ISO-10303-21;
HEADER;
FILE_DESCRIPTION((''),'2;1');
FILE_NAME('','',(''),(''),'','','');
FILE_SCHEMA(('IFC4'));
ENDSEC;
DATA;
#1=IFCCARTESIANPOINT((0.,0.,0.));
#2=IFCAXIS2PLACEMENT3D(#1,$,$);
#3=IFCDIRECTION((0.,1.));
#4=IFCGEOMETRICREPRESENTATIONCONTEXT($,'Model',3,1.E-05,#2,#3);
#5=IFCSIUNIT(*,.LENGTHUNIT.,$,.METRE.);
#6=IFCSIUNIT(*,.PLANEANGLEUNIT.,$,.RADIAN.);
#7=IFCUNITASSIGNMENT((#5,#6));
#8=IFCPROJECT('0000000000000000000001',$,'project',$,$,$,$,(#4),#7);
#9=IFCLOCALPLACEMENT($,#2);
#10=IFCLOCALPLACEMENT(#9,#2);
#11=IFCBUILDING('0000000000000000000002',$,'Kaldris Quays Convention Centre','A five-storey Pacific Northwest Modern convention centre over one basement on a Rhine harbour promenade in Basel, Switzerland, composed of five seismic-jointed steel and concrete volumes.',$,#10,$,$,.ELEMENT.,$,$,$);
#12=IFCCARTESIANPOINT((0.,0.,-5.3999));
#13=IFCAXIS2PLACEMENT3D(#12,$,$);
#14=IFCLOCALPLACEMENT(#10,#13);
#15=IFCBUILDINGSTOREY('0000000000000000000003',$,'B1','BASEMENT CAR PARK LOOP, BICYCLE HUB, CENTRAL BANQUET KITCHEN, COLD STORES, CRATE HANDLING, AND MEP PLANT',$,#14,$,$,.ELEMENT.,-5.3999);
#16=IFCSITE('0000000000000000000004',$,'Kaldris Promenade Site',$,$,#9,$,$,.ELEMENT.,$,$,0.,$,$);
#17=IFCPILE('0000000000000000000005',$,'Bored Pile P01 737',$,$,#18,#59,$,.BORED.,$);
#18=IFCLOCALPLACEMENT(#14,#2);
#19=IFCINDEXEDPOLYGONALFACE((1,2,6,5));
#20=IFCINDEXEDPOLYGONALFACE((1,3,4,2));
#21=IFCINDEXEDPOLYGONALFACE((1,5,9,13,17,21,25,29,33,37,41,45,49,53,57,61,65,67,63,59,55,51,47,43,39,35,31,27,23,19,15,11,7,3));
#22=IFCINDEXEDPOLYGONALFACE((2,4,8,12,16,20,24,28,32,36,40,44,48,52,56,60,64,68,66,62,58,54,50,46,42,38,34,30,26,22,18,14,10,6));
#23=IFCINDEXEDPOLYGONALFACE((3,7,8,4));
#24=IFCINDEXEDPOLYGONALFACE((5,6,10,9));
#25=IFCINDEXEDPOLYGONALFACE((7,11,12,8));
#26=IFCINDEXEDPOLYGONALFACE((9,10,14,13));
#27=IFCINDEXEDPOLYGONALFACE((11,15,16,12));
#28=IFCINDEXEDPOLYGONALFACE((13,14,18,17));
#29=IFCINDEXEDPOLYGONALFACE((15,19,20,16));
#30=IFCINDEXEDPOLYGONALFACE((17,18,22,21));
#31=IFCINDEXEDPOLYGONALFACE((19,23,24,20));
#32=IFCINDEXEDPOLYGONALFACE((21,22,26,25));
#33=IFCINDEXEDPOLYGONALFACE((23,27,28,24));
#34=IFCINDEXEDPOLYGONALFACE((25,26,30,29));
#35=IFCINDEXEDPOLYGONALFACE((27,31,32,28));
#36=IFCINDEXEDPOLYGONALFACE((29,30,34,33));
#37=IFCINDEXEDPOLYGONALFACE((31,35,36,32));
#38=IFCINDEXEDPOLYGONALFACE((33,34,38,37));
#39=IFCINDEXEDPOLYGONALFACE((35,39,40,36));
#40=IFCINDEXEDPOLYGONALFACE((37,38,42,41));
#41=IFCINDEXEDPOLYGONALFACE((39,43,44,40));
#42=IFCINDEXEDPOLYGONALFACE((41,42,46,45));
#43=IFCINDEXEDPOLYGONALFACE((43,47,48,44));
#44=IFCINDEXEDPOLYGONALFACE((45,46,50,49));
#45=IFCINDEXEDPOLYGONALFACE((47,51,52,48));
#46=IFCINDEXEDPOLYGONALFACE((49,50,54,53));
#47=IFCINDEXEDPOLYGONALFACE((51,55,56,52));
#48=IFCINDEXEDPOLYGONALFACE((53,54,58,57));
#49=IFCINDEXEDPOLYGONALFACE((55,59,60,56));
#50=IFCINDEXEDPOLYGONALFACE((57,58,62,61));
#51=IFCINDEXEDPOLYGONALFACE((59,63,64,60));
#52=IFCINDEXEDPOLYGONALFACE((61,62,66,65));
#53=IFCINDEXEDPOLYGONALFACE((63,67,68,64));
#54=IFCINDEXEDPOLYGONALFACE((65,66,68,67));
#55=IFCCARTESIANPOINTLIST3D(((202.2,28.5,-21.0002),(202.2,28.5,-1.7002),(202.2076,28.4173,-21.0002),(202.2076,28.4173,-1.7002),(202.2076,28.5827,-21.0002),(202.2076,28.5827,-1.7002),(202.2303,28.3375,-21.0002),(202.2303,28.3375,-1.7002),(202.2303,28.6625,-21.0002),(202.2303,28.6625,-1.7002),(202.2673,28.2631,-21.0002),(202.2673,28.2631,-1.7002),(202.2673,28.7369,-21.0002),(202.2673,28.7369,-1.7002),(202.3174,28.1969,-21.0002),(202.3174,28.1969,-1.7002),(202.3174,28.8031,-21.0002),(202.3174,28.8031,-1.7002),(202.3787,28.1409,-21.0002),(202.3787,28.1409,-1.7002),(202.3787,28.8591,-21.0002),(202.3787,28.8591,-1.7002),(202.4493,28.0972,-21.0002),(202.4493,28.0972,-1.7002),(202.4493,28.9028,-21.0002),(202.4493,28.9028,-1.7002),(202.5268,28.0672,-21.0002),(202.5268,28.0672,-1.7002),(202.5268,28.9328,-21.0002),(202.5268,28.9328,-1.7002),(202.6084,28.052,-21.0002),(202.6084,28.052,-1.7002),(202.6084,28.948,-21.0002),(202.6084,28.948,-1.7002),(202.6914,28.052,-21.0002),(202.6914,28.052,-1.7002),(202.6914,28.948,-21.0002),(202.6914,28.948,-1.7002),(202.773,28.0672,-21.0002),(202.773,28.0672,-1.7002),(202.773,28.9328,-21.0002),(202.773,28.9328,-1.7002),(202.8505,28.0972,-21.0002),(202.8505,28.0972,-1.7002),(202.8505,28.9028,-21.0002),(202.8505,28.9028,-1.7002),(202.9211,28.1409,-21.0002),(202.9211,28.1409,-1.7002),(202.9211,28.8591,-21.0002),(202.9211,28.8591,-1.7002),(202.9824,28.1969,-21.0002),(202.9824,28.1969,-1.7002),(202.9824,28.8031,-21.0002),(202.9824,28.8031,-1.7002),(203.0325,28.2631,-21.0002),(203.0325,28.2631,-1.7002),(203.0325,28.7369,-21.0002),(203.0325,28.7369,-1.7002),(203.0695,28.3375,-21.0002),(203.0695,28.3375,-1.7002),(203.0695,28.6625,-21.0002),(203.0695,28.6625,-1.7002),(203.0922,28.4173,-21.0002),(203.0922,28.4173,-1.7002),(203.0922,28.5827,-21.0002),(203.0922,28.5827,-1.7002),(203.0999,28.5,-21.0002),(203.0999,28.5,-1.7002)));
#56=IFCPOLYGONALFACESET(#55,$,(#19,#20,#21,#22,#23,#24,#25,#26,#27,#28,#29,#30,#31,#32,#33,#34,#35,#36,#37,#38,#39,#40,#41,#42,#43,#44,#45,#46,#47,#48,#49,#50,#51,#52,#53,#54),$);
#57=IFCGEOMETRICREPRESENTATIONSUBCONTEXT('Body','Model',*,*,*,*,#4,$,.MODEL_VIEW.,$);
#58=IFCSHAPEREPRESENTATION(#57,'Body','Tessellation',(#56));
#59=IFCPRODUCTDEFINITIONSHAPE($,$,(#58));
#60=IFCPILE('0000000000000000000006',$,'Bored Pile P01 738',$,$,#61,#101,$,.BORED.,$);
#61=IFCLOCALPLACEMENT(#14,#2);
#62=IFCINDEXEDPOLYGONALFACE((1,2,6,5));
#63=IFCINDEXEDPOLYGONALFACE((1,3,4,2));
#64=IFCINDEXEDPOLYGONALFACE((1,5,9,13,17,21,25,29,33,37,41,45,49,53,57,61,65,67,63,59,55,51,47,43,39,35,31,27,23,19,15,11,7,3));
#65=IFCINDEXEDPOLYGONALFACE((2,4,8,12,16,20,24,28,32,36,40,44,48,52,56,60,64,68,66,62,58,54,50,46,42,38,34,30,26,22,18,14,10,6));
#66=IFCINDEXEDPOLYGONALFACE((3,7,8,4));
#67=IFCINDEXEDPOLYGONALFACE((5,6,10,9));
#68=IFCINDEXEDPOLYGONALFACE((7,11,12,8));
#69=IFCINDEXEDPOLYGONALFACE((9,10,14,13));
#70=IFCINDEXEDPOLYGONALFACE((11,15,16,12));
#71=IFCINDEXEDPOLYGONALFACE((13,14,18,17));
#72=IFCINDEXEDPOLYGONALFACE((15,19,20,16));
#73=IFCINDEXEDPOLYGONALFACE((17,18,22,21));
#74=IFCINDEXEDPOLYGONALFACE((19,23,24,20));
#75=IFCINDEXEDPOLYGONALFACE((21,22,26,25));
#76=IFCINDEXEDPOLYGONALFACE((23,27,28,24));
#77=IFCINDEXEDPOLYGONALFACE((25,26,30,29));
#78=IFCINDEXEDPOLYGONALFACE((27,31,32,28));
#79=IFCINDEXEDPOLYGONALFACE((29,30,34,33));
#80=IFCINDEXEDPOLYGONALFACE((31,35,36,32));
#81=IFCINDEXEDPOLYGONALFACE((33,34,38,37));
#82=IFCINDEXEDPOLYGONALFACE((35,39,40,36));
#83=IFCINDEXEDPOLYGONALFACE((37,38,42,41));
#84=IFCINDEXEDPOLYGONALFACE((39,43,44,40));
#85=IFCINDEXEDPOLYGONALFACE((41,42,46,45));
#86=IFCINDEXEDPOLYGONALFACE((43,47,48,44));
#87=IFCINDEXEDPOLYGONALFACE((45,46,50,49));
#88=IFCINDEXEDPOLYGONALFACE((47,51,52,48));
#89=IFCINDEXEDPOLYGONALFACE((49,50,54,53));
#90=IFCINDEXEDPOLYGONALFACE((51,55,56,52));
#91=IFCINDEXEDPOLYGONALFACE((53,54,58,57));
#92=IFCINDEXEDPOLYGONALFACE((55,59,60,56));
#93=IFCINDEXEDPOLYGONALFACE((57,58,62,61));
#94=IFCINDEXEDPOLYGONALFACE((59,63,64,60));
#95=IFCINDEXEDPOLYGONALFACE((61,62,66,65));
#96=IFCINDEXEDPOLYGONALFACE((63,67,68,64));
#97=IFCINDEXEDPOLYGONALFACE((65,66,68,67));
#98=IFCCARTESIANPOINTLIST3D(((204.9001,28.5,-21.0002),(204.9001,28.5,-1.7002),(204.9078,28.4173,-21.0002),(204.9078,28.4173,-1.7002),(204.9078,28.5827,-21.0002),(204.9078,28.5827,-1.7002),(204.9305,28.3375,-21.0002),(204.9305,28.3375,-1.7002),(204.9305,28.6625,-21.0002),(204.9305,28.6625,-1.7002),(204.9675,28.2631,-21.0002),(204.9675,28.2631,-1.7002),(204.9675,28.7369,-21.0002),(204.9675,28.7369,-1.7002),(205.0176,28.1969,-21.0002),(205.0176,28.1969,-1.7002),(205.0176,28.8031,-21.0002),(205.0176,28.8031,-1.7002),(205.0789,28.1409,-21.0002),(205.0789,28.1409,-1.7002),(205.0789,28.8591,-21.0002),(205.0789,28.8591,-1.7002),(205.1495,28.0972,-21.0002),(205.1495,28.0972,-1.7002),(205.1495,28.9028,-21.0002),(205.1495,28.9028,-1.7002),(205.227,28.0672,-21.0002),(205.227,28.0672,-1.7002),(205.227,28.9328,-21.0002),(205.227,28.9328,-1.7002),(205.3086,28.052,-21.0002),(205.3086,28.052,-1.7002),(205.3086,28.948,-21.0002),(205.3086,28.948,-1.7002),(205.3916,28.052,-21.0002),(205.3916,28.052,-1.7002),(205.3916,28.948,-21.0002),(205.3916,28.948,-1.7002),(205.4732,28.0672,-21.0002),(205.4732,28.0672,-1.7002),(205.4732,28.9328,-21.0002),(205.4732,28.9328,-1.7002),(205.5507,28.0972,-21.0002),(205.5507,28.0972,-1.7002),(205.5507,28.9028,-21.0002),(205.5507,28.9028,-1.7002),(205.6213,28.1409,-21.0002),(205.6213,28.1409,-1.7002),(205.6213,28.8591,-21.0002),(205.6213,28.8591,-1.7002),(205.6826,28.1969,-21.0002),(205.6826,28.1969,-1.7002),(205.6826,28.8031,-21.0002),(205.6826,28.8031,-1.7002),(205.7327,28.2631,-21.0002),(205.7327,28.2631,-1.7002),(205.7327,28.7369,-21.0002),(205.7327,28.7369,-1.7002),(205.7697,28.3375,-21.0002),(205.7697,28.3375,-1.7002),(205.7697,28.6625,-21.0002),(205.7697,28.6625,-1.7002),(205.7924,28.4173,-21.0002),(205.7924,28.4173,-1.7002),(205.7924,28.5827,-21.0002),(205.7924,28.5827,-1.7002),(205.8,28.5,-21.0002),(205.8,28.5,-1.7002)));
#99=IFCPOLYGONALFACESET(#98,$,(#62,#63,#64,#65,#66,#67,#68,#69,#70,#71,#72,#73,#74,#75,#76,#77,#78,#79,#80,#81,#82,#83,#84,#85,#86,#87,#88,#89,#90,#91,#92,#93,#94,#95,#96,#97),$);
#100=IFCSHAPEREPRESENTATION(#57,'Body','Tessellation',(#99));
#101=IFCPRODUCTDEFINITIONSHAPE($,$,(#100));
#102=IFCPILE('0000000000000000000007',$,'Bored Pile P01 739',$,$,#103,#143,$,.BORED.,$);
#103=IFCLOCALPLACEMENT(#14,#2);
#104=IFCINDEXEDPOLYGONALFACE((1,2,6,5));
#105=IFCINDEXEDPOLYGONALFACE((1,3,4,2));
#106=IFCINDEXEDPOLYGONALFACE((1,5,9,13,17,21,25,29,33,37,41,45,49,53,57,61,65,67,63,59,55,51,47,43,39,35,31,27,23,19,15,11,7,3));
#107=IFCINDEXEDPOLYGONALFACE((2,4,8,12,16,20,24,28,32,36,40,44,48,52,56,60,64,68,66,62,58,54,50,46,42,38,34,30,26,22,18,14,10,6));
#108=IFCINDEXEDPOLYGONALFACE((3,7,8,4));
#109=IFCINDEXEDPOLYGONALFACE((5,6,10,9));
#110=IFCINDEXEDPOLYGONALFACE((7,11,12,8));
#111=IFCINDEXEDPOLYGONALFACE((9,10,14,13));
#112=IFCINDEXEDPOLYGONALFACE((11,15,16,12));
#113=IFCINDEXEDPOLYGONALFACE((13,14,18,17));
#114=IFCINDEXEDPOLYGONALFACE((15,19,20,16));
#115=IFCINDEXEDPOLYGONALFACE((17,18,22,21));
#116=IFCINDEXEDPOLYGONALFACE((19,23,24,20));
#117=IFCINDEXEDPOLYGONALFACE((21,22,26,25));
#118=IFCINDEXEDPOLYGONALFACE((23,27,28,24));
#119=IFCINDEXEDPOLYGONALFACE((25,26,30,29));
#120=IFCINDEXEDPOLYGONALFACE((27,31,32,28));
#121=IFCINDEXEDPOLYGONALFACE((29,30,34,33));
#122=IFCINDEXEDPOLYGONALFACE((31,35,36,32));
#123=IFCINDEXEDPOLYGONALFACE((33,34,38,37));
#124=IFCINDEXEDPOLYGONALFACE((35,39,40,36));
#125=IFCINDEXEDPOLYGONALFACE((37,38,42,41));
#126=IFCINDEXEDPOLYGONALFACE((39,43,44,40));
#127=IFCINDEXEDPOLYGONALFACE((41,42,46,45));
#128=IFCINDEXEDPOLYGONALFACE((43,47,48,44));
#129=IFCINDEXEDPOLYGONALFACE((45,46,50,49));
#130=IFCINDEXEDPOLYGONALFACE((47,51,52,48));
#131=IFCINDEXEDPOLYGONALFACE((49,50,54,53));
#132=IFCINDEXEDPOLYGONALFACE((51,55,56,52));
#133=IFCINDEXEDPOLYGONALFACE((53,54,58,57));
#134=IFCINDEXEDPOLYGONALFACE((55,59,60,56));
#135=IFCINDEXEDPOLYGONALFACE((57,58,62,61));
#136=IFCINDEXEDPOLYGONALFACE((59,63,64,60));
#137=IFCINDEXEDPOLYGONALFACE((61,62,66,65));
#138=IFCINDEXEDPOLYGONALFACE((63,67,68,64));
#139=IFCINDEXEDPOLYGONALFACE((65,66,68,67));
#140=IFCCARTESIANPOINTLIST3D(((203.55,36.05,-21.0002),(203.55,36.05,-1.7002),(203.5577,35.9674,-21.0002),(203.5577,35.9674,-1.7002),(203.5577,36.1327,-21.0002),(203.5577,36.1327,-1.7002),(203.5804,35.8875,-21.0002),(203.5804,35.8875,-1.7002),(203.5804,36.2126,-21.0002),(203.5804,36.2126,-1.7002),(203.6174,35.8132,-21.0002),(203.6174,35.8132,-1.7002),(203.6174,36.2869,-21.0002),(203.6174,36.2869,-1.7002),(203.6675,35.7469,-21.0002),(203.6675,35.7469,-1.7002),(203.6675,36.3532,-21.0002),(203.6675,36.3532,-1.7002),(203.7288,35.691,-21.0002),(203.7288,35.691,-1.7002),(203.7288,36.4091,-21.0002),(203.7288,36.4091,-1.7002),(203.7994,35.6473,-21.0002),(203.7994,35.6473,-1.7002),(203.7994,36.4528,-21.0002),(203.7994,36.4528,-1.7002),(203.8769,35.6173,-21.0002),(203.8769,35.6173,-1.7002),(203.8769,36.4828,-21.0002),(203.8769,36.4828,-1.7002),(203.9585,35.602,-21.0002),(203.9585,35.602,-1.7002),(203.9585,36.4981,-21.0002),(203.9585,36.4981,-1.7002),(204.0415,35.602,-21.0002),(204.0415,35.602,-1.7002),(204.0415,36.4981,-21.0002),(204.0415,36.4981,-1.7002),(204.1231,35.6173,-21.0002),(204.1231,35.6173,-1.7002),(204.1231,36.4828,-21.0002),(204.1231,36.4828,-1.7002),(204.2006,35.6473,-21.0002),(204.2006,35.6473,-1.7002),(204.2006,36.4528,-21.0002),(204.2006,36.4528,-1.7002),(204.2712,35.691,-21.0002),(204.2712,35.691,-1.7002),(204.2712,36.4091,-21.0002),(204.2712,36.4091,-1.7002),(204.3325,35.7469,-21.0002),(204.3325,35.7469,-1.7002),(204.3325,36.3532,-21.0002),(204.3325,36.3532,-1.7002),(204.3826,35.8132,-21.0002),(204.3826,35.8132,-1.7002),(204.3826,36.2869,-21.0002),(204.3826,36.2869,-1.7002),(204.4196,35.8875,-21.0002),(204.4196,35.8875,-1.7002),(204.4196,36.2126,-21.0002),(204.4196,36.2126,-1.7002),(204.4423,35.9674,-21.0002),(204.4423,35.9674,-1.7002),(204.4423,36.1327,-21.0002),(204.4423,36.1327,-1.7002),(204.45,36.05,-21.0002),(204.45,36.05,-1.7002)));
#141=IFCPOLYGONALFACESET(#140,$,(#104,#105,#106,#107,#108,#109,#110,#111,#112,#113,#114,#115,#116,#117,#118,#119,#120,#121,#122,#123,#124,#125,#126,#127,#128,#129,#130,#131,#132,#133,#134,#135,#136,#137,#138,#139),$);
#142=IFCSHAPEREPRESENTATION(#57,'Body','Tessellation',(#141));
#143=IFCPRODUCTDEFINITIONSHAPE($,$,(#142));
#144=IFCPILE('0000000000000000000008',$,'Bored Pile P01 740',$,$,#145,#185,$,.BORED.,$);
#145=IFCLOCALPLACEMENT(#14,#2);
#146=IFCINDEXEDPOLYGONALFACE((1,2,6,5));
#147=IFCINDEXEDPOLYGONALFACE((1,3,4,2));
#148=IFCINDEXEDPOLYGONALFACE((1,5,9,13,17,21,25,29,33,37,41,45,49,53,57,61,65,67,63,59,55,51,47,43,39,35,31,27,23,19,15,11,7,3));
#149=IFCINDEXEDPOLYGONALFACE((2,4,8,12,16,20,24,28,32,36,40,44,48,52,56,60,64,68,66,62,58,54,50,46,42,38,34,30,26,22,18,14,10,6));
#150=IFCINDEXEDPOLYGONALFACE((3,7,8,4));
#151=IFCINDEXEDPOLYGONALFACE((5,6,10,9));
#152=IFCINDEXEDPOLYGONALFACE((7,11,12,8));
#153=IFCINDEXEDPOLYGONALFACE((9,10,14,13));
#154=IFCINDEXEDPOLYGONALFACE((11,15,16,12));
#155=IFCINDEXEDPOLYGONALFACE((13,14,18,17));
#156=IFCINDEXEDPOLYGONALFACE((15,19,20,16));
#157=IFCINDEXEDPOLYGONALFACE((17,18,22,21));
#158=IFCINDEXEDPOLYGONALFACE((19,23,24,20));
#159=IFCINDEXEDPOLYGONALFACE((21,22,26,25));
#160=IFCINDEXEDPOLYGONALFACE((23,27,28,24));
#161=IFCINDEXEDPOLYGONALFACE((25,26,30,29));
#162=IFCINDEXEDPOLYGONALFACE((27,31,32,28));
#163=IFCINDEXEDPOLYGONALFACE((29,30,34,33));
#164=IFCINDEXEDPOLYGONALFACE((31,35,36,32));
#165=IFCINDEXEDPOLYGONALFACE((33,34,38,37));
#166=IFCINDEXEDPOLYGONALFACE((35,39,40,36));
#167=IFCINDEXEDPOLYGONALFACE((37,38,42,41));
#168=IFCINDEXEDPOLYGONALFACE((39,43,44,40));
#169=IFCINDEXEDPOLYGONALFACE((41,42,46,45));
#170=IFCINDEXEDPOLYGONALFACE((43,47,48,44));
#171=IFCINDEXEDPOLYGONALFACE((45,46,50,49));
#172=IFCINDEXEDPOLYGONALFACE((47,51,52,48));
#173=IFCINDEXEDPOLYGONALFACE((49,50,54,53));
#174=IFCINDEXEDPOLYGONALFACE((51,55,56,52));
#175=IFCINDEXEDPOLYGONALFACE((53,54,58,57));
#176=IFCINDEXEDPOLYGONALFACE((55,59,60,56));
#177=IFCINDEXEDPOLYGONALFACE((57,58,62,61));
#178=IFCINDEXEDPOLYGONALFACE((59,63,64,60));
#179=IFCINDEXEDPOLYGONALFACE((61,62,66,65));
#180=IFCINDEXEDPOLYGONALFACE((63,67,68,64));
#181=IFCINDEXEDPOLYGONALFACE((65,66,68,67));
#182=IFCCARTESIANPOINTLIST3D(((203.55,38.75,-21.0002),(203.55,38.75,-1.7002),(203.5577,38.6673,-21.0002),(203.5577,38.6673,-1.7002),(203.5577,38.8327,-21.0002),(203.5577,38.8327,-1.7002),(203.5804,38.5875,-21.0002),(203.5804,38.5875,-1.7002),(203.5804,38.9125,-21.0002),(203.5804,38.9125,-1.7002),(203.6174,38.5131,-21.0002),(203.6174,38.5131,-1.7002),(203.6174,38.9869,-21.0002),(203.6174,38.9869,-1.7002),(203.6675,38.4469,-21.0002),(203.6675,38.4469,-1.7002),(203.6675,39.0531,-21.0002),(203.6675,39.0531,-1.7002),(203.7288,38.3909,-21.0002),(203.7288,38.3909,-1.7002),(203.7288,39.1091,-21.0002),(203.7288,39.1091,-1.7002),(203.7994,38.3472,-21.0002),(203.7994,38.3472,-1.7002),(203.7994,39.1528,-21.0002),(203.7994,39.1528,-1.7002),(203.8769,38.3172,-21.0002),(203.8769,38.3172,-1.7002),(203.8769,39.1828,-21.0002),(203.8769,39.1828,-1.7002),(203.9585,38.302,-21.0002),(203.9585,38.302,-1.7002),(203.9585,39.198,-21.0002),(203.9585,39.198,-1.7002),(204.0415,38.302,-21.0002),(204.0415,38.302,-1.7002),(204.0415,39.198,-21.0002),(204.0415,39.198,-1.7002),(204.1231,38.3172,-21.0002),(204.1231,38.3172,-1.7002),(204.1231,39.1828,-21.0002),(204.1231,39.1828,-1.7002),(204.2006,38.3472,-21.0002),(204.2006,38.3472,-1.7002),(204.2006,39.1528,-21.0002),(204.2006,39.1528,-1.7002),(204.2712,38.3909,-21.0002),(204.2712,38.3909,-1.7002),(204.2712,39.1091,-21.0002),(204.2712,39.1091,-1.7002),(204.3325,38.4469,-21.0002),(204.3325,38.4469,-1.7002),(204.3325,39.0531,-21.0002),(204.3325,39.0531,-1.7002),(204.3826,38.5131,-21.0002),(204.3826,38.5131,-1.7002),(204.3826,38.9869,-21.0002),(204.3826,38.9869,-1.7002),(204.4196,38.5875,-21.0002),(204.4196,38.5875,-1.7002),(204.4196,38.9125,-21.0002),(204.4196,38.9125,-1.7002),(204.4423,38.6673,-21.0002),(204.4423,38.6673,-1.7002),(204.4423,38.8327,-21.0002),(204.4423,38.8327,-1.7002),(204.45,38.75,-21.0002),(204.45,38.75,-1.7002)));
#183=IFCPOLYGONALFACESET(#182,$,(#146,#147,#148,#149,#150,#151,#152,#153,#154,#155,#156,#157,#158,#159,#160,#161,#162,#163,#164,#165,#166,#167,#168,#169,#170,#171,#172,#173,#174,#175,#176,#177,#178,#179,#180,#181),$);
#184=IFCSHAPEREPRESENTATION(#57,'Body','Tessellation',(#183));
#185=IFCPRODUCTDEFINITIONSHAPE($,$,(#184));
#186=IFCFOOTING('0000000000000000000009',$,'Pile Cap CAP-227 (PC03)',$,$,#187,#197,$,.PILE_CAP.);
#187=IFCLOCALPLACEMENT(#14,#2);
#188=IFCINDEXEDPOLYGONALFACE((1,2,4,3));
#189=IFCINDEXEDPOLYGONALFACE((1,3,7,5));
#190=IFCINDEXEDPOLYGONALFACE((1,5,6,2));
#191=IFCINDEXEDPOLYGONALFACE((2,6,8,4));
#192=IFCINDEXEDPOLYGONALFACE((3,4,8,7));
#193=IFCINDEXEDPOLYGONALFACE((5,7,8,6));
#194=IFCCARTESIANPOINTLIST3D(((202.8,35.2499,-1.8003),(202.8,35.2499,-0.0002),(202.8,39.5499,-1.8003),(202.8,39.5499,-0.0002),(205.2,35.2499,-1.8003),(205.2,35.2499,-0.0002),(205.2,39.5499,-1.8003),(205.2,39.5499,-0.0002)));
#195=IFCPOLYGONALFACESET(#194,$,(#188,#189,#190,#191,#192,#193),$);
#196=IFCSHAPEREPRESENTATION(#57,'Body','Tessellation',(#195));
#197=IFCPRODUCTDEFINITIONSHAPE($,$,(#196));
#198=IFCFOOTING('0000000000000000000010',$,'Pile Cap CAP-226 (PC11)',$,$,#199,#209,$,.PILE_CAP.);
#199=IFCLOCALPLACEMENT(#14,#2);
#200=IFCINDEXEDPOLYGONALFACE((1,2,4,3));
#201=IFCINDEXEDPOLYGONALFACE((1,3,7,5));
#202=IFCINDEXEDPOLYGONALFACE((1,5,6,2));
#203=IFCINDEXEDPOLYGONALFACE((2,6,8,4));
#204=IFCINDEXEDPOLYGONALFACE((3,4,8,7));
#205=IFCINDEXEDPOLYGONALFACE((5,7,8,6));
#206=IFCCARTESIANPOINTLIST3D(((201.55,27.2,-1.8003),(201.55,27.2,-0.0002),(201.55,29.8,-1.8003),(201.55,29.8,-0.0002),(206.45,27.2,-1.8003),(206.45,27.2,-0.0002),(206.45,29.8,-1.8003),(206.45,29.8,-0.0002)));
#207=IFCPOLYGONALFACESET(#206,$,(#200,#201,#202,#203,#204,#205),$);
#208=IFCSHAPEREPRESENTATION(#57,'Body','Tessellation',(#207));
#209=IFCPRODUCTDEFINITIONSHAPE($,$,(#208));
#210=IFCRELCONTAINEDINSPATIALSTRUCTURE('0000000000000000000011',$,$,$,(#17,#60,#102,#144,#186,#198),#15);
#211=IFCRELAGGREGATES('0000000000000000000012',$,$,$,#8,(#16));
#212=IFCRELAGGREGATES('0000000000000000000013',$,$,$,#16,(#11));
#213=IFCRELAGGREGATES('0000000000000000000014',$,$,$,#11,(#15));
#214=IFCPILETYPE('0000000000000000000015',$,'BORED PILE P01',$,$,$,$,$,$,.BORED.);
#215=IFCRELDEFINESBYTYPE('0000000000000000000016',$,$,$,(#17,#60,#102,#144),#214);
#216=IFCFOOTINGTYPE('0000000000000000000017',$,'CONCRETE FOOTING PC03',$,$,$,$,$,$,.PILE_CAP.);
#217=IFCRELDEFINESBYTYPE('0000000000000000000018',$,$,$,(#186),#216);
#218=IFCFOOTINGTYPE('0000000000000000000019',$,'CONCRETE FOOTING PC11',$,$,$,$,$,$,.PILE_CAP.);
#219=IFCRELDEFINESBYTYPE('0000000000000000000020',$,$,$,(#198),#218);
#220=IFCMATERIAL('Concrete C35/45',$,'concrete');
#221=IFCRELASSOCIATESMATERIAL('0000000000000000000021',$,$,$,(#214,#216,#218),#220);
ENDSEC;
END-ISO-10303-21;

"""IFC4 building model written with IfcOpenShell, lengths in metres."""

from ifc_helpers import new_model, si_unit, direction, frame, origin, origin_2d, place, context, subcontext, project, spatial, rectangle, circle, extrude, material, material_profile, profile_set, type_object, element, save


model = new_model("IFC4")

# Units and contexts
model_context = context("Model", 3, precision=1e-05, world=origin(), true_north=direction((0.0, 1.0)))
body_context = subcontext(model_context, "Body", "Model", "MODEL_VIEW")
ifc_project = project(units=[si_unit("LENGTHUNIT", "METRE"), si_unit("PLANEANGLEUNIT", "RADIAN")], contexts=[model_context])

# Site, building, storey
site_placement = place(None, origin())
site = spatial("IfcSite", under=ifc_project, at=site_placement, Name="Kaldris Promenade Site", CompositionType="ELEMENT", RefElevation=0.0)
building_placement = place(site_placement, origin())
building = spatial("IfcBuilding", under=site, at=building_placement, Name="Kaldris Quays Convention Centre", Description="A five-storey Pacific Northwest Modern convention centre over one basement on a Rhine harbour promenade in Basel, Switzerland, composed of five seismic-jointed steel and concrete volumes.", CompositionType="ELEMENT")
storey_placement = place(building_placement, frame((0.0, 0.0, -5.3999)))
storey = spatial("IfcBuildingStorey", under=building, at=storey_placement, Name="B1", Description="BASEMENT CAR PARK LOOP, BICYCLE HUB, CENTRAL BANQUET KITCHEN, COLD STORES, CRATE HANDLING, AND MEP PLANT", CompositionType="ELEMENT", Elevation=-5.3999)

# Piles
ifc_material_1 = material(Name="Concrete C35/45", Category="concrete")
ifc_material_profile_1 = material_profile(ifc_material_1, circle(Radius=0.45, at=origin_2d()), Name="BORED PILE D900")
ifc_profile_set_1 = profile_set([ifc_material_profile_1], Name="Concrete C35/45")
pile_type = type_object("IfcPileType", Name="BORED PILE P01", PredefinedType="BORED", material=ifc_profile_set_1)
for number, where, z_axis, x_axis, name in (
    (1, (202.6499, 28.5, -1.7002), (0.0, 0.0, -1.0), (1.0, 0.0, 0.0), "Bored Pile P01 737"),
    (2, (205.3501, 28.5, -1.7002), (0.0, 0.0, -1.0), (1.0, 0.0, 0.0), "Bored Pile P01 738"),
    (3, (204.0, 36.05, -1.7002), (0.0, 0.0, -1.0), (1.0, 0.0, 0.0), "Bored Pile P01 739"),
    (4, (204.0, 38.75, -1.7002), (0.0, 0.0, -1.0), (1.0, 0.0, 0.0), "Bored Pile P01 740"),
):
    element("IfcPile", number, at=place(storey_placement, frame(where, z_axis=z_axis, x_axis=x_axis)), inside=storey, type_object=pile_type, Name=name, PredefinedType="BORED", context=body_context, shape_type="SweptSolid", body=[
        extrude(circle(Radius=0.45, at=origin_2d()), origin(), (0.0, 0.0, 1.0), 19.3),
    ])

# Footings
footing_type_1 = type_object("IfcFootingType", Name="CONCRETE FOOTING PC03", PredefinedType="PILE_CAP", material=ifc_material_1)
footing_1_placement = place(storey_placement, frame((204.0, 37.3999, -1.8003), z_axis=(0.0, 0.0, 1.0), x_axis=(1.0, 0.0, 0.0)))
element("IfcFooting", 5, at=footing_1_placement, inside=storey, type_object=footing_type_1, Name="Pile Cap CAP-227 (PC03)", PredefinedType="PILE_CAP", context=body_context, shape_type="SweptSolid", body=[
    extrude(rectangle(XDim=2.3999, YDim=4.3, at=origin_2d()), origin(), (0.0, 0.0, 1.0), 1.8),
])
footing_type_2 = type_object("IfcFootingType", Name="CONCRETE FOOTING PC11", PredefinedType="PILE_CAP", material=ifc_material_1)
footing_2_placement = place(storey_placement, frame((204.0, 28.5, -1.8003), z_axis=(0.0, 0.0, 1.0), x_axis=(1.0, 0.0, 0.0)))
element("IfcFooting", 6, at=footing_2_placement, inside=storey, type_object=footing_type_2, Name="Pile Cap CAP-226 (PC11)", PredefinedType="PILE_CAP", context=body_context, shape_type="SweptSolid", body=[
    extrude(rectangle(XDim=4.8999, YDim=2.6001, at=origin_2d()), origin(), (0.0, 0.0, 1.0), 1.8),
])

save(model, "model.ifc")
